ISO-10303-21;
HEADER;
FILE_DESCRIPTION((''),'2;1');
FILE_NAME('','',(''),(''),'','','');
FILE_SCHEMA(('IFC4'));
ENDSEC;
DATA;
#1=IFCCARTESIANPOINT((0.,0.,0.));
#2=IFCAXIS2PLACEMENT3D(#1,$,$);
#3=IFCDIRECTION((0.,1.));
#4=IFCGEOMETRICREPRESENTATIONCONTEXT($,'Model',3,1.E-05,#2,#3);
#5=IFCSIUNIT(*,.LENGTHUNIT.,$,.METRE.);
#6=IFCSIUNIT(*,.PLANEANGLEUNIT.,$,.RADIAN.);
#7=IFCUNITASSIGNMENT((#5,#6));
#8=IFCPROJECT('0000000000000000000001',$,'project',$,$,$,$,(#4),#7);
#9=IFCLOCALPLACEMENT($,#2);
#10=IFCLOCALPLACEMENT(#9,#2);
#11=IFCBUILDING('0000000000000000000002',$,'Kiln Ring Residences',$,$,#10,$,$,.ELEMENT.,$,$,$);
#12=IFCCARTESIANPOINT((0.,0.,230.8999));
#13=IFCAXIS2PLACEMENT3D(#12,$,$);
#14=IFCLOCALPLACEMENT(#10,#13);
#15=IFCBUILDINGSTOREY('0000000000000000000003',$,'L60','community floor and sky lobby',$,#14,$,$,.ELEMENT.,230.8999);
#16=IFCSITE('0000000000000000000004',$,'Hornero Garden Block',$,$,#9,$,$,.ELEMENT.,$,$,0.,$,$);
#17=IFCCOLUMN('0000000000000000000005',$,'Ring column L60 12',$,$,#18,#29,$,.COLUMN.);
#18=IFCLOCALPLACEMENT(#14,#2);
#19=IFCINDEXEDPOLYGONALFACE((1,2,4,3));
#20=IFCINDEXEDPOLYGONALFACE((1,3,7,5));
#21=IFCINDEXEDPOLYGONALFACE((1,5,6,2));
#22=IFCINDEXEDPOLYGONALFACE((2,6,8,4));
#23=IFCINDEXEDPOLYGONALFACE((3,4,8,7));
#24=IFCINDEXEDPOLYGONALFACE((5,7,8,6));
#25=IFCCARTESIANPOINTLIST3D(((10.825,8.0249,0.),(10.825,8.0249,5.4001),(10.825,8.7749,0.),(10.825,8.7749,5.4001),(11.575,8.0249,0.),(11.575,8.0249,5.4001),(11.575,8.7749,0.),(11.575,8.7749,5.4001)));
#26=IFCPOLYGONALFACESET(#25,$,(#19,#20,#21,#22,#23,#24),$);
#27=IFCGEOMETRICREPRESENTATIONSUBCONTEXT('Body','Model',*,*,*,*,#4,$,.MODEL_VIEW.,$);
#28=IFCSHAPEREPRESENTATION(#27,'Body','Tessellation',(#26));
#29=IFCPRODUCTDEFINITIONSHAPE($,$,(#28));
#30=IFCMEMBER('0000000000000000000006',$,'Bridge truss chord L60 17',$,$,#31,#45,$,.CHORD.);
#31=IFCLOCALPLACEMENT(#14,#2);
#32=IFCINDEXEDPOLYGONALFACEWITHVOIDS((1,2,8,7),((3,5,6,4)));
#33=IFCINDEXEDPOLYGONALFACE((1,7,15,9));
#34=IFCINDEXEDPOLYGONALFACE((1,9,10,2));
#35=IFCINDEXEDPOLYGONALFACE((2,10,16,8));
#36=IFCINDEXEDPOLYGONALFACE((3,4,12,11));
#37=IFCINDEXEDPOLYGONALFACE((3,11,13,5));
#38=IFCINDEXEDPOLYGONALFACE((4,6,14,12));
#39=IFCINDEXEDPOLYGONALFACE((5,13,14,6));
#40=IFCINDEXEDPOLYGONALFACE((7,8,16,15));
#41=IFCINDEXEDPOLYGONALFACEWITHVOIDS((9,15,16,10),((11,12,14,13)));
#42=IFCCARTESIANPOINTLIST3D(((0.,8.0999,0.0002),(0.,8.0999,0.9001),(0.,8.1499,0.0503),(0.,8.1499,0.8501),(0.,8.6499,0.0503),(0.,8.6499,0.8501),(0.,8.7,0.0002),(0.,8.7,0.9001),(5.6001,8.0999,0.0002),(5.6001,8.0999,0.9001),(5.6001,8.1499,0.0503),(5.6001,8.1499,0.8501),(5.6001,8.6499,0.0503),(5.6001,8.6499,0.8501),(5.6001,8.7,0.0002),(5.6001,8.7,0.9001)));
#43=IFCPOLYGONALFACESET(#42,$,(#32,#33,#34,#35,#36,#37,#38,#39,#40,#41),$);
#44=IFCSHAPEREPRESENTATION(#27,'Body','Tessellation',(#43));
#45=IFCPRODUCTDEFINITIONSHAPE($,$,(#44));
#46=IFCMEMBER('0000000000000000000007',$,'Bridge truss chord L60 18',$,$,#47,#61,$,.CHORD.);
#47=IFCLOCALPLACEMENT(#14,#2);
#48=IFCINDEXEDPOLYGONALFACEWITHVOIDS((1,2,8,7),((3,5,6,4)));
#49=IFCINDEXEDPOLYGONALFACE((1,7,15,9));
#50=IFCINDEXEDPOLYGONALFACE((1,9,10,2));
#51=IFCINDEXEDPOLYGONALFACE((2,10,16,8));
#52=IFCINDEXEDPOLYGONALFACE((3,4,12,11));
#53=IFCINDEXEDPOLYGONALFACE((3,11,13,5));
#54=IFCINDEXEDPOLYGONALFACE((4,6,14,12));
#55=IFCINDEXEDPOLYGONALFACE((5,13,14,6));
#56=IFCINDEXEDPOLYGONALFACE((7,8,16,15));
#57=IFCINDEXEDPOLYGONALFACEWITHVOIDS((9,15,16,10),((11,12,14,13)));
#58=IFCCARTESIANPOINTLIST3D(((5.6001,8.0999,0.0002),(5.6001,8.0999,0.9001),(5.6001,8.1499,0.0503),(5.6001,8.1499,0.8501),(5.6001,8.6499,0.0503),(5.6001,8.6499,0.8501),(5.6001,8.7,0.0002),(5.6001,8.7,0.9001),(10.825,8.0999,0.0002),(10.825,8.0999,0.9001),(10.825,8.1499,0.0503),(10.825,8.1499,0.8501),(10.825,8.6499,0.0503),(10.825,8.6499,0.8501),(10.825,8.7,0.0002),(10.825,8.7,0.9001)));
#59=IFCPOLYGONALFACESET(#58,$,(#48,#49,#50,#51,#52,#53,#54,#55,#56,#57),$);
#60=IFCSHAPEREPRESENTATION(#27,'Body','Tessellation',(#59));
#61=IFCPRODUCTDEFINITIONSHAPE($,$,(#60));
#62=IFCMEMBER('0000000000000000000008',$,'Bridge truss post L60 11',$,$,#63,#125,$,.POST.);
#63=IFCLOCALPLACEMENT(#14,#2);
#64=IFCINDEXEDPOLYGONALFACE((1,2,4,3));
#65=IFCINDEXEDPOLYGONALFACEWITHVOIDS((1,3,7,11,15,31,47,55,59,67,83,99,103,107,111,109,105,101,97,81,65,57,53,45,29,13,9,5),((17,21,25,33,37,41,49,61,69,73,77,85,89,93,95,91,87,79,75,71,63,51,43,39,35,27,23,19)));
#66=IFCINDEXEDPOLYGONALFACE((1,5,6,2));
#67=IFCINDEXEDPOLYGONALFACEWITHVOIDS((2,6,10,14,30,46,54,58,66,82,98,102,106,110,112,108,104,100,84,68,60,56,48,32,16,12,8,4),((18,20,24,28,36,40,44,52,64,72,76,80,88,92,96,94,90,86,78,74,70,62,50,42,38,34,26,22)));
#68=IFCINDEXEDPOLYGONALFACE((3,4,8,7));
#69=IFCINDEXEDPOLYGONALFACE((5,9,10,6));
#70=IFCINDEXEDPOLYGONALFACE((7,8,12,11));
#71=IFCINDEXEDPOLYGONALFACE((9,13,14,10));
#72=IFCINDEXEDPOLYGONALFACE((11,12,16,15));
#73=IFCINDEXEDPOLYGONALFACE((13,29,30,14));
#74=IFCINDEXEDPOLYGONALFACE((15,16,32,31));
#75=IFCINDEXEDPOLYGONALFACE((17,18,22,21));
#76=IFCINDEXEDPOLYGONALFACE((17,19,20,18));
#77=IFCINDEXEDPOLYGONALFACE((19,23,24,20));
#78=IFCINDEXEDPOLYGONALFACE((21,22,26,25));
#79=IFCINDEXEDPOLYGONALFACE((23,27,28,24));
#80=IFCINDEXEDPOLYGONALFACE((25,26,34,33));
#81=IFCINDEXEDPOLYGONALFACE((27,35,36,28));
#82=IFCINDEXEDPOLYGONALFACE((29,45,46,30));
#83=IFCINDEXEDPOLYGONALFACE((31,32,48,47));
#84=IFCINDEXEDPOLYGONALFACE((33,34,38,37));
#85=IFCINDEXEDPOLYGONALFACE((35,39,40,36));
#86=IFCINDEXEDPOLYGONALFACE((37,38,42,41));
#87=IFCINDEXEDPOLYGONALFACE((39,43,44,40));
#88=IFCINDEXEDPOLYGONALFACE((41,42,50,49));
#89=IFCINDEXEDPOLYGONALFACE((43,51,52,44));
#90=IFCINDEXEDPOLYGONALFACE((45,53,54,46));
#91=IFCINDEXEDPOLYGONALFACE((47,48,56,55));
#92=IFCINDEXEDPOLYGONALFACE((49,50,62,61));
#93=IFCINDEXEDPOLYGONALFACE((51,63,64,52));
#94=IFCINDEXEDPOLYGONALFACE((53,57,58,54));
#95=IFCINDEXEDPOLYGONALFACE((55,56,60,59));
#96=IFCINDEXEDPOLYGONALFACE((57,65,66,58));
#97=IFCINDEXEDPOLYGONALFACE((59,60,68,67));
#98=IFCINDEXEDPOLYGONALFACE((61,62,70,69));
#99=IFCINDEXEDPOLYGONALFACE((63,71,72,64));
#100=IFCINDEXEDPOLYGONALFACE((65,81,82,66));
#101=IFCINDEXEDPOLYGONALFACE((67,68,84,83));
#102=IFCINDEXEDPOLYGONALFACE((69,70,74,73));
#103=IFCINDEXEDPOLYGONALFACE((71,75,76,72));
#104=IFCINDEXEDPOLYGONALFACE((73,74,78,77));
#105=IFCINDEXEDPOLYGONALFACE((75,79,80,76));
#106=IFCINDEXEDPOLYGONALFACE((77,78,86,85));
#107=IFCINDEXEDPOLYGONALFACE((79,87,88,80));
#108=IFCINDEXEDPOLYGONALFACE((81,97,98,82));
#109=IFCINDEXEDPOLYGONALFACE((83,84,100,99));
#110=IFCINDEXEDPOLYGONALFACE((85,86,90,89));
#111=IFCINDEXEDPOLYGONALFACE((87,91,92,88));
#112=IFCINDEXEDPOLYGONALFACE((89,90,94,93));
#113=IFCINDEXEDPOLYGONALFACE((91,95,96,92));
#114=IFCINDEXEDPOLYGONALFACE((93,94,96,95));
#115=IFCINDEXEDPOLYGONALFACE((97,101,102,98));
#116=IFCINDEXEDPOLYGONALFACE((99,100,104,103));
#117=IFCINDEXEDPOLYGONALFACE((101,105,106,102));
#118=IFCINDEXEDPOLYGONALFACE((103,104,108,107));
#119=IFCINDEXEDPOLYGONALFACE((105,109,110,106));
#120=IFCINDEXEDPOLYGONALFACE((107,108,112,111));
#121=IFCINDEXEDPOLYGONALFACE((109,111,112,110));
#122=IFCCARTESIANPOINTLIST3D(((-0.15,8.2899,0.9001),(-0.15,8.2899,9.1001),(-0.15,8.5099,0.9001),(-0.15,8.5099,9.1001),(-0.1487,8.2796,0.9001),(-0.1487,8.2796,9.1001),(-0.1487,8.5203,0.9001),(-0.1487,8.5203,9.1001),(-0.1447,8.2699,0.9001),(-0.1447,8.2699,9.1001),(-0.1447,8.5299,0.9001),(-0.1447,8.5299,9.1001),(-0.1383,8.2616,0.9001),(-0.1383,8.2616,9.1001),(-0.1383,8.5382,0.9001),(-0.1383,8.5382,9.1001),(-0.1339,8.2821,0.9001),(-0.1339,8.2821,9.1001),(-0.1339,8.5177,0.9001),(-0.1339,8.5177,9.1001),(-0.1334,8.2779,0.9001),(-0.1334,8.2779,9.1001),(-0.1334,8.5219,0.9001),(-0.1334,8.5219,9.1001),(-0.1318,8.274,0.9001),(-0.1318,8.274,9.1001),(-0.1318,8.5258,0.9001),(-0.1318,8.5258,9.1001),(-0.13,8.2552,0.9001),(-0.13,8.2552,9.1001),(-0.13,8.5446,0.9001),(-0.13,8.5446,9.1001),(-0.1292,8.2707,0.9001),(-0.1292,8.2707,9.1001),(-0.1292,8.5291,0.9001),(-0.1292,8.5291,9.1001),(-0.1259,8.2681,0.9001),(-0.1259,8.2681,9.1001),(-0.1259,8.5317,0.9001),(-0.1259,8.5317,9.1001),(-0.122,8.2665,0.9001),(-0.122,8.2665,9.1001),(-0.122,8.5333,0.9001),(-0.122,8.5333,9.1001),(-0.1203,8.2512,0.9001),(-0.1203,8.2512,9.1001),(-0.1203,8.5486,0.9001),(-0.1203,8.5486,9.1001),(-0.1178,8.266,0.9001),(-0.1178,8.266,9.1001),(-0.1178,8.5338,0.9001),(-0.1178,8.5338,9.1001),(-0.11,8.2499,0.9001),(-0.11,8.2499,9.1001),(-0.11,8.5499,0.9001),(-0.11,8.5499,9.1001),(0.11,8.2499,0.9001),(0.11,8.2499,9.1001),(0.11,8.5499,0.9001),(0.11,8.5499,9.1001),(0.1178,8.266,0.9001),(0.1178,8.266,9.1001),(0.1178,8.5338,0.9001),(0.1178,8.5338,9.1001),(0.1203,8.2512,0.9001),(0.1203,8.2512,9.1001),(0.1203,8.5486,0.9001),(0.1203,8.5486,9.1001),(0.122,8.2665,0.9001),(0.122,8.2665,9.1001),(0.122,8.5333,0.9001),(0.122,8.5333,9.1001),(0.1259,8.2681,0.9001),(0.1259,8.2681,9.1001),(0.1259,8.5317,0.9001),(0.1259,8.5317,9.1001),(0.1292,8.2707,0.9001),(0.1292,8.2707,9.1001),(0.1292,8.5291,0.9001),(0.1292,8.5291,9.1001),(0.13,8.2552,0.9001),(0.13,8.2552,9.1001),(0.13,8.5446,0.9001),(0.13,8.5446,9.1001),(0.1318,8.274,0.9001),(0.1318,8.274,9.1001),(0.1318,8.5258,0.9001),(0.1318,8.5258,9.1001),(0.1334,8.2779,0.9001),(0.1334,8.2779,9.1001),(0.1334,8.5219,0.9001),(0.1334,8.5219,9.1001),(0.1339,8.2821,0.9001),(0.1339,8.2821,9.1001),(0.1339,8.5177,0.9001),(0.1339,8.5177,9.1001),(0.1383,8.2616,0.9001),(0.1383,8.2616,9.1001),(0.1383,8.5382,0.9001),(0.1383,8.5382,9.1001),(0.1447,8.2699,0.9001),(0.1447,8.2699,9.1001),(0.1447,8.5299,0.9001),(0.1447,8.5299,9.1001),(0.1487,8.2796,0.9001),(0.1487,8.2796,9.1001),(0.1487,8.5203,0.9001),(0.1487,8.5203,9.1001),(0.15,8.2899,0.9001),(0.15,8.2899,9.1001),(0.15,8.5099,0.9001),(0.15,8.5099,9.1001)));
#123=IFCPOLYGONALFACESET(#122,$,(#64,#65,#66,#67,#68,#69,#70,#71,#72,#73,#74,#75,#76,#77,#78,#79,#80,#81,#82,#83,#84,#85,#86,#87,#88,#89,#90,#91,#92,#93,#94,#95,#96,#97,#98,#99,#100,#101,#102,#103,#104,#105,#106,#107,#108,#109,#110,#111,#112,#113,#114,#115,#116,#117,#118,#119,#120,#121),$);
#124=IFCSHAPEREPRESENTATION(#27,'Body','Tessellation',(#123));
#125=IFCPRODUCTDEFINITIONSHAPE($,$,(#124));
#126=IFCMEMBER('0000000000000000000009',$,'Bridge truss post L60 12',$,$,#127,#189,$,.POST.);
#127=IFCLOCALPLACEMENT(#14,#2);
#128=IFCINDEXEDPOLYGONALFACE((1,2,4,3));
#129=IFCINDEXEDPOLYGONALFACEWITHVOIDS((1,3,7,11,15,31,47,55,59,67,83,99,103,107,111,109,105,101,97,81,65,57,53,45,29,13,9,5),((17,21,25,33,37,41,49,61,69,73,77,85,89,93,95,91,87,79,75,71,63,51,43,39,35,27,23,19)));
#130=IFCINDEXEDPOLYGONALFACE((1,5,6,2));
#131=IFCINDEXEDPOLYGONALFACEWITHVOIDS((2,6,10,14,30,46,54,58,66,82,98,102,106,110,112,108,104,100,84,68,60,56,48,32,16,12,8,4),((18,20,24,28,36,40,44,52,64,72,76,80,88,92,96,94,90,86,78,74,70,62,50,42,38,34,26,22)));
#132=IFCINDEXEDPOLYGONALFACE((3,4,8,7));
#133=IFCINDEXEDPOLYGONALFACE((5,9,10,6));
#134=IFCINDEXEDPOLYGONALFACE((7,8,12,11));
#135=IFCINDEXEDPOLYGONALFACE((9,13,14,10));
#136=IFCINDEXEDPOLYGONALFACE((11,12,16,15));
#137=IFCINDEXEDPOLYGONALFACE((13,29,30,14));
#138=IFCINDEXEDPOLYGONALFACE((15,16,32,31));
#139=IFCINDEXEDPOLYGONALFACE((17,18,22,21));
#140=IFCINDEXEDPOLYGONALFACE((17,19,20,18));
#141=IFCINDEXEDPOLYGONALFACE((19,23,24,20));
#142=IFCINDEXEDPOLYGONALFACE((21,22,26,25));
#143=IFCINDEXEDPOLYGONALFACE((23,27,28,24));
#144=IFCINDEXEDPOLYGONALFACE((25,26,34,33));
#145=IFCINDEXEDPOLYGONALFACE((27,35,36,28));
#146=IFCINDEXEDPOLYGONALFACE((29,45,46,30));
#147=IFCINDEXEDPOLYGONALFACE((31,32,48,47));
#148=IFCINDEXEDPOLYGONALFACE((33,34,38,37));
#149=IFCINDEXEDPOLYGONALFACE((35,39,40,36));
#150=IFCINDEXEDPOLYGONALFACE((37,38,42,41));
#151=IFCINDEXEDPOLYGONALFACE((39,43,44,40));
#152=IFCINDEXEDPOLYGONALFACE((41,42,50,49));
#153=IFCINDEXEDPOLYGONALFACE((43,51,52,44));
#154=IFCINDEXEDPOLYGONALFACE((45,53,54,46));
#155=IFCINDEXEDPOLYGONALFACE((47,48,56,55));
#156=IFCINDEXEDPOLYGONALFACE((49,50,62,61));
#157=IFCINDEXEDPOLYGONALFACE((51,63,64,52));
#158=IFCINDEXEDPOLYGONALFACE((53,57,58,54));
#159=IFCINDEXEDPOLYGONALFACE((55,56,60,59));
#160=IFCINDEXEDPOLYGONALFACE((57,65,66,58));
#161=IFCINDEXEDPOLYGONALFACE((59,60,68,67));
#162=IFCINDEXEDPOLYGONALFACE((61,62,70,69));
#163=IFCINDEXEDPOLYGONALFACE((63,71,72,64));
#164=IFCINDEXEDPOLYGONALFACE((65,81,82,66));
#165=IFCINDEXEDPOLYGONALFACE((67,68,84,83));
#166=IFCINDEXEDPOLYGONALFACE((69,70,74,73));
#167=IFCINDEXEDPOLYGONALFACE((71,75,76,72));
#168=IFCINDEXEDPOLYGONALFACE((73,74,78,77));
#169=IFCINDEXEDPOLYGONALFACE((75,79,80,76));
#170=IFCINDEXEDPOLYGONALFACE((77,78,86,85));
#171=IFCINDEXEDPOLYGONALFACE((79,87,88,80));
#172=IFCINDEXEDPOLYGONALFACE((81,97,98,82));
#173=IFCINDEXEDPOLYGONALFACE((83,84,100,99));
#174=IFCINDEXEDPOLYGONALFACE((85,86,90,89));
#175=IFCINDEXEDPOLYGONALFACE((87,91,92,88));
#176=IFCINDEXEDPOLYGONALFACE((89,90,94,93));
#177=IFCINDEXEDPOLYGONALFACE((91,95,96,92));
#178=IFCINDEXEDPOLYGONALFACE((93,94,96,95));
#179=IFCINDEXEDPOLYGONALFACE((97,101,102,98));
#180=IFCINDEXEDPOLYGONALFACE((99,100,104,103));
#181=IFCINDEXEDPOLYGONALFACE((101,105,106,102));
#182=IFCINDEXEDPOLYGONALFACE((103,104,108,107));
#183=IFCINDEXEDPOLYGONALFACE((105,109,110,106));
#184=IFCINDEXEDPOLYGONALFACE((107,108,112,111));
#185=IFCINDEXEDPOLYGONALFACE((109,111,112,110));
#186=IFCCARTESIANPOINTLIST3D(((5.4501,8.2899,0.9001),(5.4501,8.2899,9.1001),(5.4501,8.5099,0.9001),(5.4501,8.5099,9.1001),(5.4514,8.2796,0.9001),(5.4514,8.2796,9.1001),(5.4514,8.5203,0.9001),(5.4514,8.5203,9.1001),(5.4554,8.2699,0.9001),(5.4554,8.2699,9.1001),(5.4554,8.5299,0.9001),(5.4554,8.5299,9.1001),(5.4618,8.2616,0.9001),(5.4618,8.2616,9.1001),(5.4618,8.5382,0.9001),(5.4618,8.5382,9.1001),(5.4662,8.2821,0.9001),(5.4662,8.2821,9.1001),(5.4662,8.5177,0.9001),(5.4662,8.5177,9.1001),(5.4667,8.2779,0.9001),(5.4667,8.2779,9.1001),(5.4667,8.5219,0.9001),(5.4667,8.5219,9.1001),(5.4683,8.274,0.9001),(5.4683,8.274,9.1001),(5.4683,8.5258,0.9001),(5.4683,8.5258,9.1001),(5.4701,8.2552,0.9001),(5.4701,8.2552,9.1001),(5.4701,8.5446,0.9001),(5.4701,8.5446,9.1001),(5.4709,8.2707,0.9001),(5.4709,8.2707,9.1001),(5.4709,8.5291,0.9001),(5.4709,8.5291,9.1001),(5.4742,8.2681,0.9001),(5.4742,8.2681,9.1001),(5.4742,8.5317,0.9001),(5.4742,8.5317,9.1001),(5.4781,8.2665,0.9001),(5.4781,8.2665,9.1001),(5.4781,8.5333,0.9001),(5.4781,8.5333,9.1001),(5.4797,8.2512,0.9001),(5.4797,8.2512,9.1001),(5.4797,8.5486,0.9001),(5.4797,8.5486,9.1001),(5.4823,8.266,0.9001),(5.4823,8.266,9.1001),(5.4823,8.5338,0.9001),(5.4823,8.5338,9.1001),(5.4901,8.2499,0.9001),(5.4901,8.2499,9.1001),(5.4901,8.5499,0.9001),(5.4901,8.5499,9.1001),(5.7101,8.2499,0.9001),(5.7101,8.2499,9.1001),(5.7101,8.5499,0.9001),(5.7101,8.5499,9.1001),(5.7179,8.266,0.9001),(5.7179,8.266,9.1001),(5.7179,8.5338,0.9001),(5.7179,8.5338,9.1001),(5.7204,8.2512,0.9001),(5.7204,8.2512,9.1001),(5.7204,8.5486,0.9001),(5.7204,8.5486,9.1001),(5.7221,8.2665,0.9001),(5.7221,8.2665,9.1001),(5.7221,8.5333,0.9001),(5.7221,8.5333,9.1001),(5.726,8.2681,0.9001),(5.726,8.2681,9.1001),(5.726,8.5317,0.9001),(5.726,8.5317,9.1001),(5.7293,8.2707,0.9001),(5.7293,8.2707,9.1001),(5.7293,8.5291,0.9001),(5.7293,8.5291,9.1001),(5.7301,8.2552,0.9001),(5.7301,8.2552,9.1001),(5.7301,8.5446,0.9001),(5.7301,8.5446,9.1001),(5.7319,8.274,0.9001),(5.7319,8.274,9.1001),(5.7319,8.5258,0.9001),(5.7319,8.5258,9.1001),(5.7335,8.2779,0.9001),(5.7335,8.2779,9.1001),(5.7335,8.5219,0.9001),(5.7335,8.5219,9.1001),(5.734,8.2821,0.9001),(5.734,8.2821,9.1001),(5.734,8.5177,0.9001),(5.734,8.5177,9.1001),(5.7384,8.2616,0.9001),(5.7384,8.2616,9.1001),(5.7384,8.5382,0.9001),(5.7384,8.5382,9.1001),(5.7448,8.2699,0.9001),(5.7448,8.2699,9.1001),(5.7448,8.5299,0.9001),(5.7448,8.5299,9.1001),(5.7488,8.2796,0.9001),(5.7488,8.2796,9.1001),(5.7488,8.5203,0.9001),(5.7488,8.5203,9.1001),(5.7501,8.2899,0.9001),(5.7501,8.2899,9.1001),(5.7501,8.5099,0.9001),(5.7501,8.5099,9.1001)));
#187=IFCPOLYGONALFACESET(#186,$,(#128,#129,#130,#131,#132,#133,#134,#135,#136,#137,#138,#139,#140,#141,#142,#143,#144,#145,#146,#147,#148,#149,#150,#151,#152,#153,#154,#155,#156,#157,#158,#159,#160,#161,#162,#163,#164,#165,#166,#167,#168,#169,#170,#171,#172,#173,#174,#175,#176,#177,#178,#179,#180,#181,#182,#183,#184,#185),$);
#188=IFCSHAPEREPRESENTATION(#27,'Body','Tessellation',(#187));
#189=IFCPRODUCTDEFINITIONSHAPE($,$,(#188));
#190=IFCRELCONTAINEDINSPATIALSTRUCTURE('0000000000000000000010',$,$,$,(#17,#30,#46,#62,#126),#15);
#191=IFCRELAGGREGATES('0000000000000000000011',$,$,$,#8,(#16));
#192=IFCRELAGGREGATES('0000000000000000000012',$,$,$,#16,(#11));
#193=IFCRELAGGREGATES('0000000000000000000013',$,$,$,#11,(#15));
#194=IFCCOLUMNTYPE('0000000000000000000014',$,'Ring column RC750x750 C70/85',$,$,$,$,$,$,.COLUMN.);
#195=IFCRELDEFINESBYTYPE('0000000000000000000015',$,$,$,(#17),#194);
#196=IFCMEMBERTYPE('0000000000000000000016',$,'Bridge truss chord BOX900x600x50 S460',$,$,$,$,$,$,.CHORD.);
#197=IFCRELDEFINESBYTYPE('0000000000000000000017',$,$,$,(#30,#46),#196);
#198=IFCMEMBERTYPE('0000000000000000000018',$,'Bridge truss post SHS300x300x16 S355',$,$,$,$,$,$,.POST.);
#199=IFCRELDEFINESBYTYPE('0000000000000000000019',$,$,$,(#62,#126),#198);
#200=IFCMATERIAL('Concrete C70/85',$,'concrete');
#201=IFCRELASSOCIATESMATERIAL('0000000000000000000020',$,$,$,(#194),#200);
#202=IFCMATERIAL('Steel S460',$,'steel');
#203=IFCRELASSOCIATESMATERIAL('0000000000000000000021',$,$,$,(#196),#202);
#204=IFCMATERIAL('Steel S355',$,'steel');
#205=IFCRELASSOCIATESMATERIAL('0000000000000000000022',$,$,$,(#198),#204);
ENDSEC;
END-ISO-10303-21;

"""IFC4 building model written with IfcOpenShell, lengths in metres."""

from ifc_helpers import new_model, si_unit, direction, frame, origin, origin_2d, place, context, subcontext, project, spatial, rectangle, hollow_rectangle, extrude, material, material_profile, profile_set, type_object, element, save


model = new_model("IFC4")

# Units and contexts
model_context = context("Model", 3, precision=1e-05, world=origin(), true_north=direction((0.0, 1.0)))
body_context = subcontext(model_context, "Body", "Model", "MODEL_VIEW")
ifc_project = project(units=[si_unit("LENGTHUNIT", "METRE"), si_unit("PLANEANGLEUNIT", "RADIAN")], contexts=[model_context])

# Site, building, storey
site_placement = place(None, origin())
site = spatial("IfcSite", under=ifc_project, at=site_placement, Name="Hornero Garden Block", CompositionType="ELEMENT", RefElevation=0.0)
building_placement = place(site_placement, origin())
building = spatial("IfcBuilding", under=site, at=building_placement, Name="Kiln Ring Residences", CompositionType="ELEMENT")
storey_placement = place(building_placement, frame((0.0, 0.0, 230.8999)))
storey = spatial("IfcBuildingStorey", under=building, at=storey_placement, Name="L60", Description="community floor and sky lobby", CompositionType="ELEMENT", Elevation=230.8999)

# Column
ifc_material_1 = material(Name="Concrete C70/85", Category="concrete")
ifc_material_profile_1 = material_profile(ifc_material_1, rectangle(XDim=0.75, YDim=0.75, at=origin_2d()), Name="RC750x750")
ifc_profile_set_1 = profile_set([ifc_material_profile_1], Name="Concrete C70/85")
column_type = type_object("IfcColumnType", Name="Ring column RC750x750 C70/85", PredefinedType="COLUMN", material=ifc_profile_set_1)
column_placement = place(storey_placement, frame((11.2, 8.3999, 0.0), z_axis=(0.0, 0.0, 1.0), x_axis=(1.0, 0.0, 0.0)))
element("IfcColumn", 1, at=column_placement, inside=storey, type_object=column_type, Name="Ring column L60 12", PredefinedType="COLUMN", context=body_context, shape_type="SweptSolid", body=[
    extrude(rectangle(XDim=0.75, YDim=0.75, at=origin_2d()), origin(), (0.0, 0.0, 1.0), 5.4001),
])

# Members
ifc_material_2 = material(Name="Steel S460", Category="steel")
ifc_material_profile_2 = material_profile(ifc_material_2, hollow_rectangle(XDim=0.6001, YDim=0.8999, WallThickness=0.05, at=origin_2d()), Name="BOX900x600x50")
ifc_profile_set_2 = profile_set([ifc_material_profile_2], Name="Steel S460")
member_type_1 = type_object("IfcMemberType", Name="Bridge truss chord BOX900x600x50 S460", PredefinedType="CHORD", material=ifc_profile_set_2)
member_1_placement = place(storey_placement, frame((0.0, 8.3999, 0.4502), z_axis=(1.0, 0.0, 0.0), x_axis=(0.0, 1.0, 0.0)))
element("IfcMember", 2, at=member_1_placement, inside=storey, type_object=member_type_1, Name="Bridge truss chord L60 17", PredefinedType="CHORD", context=body_context, shape_type="SweptSolid", body=[
    extrude(hollow_rectangle(XDim=0.6001, YDim=0.8999, WallThickness=0.05, at=origin_2d()), origin(), (0.0, 0.0, 1.0), 5.6001),
])
member_2_placement = place(storey_placement, frame((5.6001, 8.3999, 0.4502), z_axis=(1.0, 0.0, 0.0), x_axis=(0.0, 1.0, 0.0)))
element("IfcMember", 3, at=member_2_placement, inside=storey, type_object=member_type_1, Name="Bridge truss chord L60 18", PredefinedType="CHORD", context=body_context, shape_type="SweptSolid", body=[
    extrude(hollow_rectangle(XDim=0.6001, YDim=0.8999, WallThickness=0.05, at=origin_2d()), origin(), (0.0, 0.0, 1.0), 5.2249),
])
ifc_material_3 = material(Name="Steel S355", Category="steel")
ifc_material_profile_3 = material_profile(ifc_material_3, hollow_rectangle(XDim=0.3, YDim=0.3, WallThickness=0.0161, InnerFilletRadius=0.0161, OuterFilletRadius=0.04, at=origin_2d()), Name="SHS300x300x16")
ifc_profile_set_3 = profile_set([ifc_material_profile_3], Name="Steel S355")
member_type_2 = type_object("IfcMemberType", Name="Bridge truss post SHS300x300x16 S355", PredefinedType="POST", material=ifc_profile_set_3)
for number, where, z_axis, x_axis, name in (
    (4, (0.0, 8.3999, 0.9001), (0.0, 0.0, 1.0), (1.0, 0.0, 0.0), "Bridge truss post L60 11"),
    (5, (5.6001, 8.3999, 0.9001), (0.0, 0.0, 1.0), (1.0, 0.0, 0.0), "Bridge truss post L60 12"),
):
    element("IfcMember", number, at=place(storey_placement, frame(where, z_axis=z_axis, x_axis=x_axis)), inside=storey, type_object=member_type_2, Name=name, PredefinedType="POST", context=body_context, shape_type="SweptSolid", body=[
        extrude(hollow_rectangle(XDim=0.3, YDim=0.3, WallThickness=0.0161, InnerFilletRadius=0.0161, OuterFilletRadius=0.04, at=origin_2d()), origin(), (0.0, 0.0, 1.0), 8.2),
    ])

save(model, "model.ifc")
